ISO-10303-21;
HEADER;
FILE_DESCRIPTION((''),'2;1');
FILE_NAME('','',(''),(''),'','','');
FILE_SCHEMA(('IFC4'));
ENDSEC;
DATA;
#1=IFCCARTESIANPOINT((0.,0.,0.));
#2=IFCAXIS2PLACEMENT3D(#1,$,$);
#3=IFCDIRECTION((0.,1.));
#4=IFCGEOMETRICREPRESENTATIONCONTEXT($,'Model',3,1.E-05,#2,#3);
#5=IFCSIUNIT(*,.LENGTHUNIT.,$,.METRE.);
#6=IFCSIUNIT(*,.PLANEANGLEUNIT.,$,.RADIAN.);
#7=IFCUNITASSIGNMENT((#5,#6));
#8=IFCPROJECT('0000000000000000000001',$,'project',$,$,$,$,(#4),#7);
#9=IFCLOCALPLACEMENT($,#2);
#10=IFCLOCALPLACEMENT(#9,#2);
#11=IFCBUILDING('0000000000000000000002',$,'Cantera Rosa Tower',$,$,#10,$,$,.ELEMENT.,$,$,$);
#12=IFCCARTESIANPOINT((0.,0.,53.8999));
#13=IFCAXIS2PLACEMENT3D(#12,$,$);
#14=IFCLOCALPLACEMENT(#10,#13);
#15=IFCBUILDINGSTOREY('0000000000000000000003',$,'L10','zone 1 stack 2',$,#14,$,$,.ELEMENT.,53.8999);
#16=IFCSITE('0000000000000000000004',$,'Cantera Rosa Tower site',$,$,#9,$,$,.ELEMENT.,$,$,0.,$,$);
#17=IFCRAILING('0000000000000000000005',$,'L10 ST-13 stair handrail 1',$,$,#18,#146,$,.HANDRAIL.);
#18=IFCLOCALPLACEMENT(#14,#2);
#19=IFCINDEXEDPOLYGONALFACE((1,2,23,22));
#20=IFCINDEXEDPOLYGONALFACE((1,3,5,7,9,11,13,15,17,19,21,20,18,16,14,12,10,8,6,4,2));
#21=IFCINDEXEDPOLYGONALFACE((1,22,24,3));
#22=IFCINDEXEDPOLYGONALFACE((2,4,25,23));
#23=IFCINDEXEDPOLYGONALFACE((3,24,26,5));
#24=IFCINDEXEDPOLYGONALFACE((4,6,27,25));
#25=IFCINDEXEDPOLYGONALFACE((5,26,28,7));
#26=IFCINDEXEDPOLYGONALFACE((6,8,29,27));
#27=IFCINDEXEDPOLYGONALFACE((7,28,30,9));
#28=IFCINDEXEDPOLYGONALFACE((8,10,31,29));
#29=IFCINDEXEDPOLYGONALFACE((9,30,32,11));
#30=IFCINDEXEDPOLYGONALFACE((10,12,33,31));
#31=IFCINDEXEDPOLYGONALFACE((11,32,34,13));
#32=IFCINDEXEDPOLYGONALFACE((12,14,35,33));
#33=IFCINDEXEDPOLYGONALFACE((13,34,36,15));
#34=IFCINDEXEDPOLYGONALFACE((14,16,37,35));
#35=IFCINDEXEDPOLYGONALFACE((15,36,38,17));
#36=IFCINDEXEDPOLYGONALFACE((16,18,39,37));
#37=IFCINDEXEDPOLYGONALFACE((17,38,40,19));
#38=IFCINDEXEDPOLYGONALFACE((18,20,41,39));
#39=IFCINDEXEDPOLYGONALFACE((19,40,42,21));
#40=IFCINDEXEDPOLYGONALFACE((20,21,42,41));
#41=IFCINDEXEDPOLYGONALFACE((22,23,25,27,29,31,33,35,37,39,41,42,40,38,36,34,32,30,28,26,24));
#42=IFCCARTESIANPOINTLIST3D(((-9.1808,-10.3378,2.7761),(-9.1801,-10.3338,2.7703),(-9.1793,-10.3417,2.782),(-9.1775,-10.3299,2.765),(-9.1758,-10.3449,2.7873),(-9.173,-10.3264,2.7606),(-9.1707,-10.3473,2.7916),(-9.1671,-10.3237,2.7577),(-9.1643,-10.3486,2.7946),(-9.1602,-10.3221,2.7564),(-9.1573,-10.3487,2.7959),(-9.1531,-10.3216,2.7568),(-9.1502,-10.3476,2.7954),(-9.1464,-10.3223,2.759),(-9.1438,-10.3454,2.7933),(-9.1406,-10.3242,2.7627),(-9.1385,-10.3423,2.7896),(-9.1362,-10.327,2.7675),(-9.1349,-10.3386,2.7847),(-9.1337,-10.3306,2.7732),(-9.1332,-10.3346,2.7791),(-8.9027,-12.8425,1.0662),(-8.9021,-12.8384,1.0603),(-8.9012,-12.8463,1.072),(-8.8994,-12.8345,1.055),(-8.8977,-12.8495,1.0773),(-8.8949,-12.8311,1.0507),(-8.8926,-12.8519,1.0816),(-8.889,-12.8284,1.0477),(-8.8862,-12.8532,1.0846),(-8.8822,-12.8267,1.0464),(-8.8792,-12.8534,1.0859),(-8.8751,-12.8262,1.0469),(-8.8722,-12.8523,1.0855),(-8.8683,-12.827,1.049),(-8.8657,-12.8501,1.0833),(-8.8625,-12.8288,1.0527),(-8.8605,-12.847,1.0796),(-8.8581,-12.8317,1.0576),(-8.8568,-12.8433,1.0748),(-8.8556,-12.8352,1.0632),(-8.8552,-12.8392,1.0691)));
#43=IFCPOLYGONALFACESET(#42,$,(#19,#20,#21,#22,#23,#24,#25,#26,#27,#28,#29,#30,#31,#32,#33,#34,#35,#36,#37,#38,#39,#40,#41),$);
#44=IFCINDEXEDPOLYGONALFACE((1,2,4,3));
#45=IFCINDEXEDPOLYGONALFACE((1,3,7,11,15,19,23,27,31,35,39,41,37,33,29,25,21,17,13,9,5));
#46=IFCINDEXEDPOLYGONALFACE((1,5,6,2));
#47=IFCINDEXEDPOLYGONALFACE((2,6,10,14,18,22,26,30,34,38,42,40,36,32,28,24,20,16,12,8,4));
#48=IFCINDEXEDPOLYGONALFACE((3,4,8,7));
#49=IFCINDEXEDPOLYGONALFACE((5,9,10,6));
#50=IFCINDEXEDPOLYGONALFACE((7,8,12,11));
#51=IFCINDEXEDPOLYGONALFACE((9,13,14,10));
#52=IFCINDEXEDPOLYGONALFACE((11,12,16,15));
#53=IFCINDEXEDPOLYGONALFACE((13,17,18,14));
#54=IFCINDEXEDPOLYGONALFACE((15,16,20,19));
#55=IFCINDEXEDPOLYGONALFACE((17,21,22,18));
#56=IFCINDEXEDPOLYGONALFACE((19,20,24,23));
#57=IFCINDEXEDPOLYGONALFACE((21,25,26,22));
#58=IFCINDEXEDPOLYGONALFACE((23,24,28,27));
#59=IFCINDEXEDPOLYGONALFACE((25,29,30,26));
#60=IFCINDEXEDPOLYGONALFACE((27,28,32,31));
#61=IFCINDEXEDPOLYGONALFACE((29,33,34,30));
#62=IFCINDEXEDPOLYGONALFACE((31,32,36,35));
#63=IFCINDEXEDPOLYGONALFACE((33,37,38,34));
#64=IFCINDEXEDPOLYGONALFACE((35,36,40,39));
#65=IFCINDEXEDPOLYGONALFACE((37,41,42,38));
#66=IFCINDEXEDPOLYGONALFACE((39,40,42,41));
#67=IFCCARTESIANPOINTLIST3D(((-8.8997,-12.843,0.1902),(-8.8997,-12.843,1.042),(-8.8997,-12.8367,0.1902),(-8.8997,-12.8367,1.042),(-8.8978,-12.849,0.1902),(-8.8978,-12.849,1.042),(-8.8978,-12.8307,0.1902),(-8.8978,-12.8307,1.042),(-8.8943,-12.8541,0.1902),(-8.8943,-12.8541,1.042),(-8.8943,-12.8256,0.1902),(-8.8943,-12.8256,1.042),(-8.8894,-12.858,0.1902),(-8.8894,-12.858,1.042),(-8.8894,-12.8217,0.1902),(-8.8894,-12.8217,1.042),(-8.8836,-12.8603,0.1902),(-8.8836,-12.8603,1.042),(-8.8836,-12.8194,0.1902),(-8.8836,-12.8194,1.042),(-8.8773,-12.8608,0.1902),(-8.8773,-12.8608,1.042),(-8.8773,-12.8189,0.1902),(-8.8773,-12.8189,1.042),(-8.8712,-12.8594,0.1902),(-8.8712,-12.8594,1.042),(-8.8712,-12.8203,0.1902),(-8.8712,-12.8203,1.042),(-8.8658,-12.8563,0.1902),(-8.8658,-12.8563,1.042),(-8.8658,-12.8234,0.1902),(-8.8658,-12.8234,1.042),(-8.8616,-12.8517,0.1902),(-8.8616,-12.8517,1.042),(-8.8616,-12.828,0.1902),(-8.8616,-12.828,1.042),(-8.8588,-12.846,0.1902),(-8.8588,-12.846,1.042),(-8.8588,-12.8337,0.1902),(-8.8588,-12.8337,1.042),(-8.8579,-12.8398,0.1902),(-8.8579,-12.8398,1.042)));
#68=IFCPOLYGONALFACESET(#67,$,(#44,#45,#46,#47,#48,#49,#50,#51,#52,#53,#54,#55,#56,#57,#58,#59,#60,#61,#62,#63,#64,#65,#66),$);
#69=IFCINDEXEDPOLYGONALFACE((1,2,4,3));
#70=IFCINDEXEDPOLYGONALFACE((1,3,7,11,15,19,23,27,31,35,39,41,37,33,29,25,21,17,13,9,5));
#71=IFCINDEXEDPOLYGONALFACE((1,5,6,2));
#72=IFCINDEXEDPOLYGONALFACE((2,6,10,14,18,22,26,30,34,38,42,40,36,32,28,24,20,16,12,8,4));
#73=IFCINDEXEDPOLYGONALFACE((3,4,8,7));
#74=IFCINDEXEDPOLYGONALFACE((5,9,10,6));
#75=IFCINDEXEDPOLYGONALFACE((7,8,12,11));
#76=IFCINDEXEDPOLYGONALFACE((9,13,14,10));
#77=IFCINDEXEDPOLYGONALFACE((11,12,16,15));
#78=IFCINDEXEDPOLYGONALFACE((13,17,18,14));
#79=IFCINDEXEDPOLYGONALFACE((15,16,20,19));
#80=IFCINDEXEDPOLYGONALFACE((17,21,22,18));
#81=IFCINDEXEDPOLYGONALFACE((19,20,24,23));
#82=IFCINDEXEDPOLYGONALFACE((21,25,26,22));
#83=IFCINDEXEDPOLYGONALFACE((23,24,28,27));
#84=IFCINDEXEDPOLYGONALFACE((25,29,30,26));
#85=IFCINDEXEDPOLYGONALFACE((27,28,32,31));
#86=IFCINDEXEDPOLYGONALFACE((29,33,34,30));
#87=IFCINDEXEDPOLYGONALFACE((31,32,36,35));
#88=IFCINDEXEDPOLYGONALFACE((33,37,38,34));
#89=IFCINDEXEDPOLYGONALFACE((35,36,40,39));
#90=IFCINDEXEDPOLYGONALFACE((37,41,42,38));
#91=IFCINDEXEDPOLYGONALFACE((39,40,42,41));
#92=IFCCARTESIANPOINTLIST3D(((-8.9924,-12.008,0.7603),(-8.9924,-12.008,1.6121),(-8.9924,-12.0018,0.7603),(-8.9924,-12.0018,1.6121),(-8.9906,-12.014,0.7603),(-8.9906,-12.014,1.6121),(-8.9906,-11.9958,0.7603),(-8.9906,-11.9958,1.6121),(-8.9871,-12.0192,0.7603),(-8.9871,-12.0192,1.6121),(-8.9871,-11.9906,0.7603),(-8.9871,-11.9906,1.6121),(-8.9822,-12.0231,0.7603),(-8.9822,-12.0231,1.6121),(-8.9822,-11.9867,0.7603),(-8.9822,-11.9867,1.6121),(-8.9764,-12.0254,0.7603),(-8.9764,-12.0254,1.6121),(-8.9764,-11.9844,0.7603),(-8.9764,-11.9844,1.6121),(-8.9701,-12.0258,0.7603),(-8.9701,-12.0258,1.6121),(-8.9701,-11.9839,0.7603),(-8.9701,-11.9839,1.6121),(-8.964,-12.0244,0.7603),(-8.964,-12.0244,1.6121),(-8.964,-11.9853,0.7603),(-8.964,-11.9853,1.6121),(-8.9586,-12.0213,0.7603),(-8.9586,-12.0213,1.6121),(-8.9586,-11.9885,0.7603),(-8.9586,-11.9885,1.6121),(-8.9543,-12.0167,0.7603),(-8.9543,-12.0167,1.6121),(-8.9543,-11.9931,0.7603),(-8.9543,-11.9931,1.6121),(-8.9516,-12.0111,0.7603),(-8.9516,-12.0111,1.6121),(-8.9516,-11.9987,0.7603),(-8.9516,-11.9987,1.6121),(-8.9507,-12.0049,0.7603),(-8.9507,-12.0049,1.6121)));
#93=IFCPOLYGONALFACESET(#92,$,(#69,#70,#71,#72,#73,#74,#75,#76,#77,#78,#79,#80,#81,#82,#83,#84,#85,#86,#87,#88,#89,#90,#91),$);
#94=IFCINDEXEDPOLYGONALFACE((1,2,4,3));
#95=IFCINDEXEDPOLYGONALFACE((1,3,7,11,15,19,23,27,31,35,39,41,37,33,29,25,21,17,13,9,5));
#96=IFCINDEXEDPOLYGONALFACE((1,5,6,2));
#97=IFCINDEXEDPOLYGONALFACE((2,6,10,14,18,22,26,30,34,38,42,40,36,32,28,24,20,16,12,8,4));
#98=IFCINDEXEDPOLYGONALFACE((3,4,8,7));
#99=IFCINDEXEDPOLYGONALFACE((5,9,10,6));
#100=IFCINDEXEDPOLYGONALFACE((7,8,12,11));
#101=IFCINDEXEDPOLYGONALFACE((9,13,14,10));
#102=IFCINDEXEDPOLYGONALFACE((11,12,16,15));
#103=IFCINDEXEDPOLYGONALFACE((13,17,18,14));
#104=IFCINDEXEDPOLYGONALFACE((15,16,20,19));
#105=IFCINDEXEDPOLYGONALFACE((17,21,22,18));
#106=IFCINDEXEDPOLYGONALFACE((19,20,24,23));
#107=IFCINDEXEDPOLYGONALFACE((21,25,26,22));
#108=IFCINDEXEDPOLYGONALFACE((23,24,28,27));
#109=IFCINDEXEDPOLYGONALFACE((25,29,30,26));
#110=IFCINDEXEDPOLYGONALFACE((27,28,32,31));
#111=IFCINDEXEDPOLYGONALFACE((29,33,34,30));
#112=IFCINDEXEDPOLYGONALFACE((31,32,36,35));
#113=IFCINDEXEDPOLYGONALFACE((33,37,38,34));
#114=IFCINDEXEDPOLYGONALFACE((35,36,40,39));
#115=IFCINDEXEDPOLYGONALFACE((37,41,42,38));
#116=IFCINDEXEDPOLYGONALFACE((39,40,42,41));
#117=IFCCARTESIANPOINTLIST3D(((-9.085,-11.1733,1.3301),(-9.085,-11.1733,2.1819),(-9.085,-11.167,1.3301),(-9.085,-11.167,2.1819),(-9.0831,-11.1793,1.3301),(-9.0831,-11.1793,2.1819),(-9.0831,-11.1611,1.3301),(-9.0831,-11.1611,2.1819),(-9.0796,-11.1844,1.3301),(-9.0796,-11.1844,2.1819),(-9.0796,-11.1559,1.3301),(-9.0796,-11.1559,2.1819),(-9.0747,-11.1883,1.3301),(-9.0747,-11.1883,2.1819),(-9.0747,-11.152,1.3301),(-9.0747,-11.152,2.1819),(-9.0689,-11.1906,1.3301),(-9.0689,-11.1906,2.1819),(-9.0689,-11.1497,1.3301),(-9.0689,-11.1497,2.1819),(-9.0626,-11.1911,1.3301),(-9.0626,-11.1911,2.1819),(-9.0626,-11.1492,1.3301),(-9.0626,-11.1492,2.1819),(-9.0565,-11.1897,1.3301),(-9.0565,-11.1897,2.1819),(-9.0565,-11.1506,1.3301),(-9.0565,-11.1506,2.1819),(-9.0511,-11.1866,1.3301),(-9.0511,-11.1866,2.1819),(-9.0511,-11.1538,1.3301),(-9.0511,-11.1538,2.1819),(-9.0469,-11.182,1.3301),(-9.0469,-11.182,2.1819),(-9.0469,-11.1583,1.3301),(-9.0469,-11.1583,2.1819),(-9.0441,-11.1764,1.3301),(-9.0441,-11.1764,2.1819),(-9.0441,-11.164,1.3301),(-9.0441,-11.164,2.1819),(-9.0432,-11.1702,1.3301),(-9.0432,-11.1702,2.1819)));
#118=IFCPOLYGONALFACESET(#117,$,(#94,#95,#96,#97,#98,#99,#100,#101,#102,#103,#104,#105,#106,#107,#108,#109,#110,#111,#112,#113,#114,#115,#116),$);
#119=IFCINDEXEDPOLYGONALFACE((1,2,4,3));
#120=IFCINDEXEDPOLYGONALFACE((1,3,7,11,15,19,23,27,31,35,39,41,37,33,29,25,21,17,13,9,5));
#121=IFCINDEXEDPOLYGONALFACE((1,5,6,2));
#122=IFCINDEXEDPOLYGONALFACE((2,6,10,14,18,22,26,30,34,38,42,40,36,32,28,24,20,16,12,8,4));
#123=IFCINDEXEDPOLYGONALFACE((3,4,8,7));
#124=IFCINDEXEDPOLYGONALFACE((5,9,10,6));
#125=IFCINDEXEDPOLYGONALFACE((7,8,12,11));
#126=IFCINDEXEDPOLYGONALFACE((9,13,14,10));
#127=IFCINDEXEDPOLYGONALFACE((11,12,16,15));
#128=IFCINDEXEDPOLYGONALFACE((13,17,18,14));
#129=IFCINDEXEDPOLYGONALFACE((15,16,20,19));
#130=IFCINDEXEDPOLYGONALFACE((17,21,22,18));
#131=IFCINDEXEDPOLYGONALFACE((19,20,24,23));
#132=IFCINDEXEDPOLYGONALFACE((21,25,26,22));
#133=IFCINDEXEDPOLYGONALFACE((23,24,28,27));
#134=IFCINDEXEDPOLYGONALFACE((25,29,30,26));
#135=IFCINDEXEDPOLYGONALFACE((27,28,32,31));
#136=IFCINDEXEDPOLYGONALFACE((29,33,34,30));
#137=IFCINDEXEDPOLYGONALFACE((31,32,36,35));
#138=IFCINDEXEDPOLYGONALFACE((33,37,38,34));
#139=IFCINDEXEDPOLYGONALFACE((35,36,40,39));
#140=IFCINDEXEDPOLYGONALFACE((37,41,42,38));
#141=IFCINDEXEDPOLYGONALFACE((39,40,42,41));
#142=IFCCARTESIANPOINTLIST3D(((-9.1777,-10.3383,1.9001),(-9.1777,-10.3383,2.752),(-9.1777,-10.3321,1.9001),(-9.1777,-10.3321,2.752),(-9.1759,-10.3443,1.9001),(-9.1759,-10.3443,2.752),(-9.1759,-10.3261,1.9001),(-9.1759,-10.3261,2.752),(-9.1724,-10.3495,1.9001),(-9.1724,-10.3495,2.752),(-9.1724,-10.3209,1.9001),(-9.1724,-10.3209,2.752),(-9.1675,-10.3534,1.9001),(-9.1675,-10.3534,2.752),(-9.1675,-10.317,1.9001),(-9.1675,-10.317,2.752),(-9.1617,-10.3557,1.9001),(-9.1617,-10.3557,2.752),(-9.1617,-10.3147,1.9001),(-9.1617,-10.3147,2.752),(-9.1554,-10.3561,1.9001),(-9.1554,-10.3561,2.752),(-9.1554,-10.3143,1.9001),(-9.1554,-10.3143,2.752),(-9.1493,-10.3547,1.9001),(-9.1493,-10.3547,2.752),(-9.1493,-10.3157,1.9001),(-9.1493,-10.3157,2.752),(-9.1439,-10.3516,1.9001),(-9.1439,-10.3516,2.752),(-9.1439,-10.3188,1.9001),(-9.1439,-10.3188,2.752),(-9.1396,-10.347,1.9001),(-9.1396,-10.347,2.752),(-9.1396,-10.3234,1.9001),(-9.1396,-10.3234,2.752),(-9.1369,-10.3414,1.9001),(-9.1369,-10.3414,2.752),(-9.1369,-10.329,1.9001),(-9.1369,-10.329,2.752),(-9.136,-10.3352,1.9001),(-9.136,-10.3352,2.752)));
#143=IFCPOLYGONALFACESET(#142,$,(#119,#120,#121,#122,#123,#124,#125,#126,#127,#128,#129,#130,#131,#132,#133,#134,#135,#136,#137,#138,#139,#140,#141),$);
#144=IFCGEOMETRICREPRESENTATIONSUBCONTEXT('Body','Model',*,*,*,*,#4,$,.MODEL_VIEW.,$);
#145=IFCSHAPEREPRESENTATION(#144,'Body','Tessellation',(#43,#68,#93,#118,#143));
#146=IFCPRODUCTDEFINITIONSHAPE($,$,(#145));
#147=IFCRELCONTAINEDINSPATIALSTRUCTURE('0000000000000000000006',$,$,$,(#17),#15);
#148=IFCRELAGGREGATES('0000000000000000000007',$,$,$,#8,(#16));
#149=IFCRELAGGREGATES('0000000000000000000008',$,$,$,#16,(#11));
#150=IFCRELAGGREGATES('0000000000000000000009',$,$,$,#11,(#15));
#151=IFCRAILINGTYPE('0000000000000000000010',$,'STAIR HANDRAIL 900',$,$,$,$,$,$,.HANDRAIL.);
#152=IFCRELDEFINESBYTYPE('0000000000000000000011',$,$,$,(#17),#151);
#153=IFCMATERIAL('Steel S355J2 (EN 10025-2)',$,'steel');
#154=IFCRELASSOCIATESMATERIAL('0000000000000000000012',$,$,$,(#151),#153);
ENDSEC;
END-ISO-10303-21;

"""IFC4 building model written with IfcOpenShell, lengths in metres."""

from ifc_helpers import new_model, si_unit, direction, frame, origin, origin_2d, place, context, subcontext, project, spatial, circle, extrude, material, type_object, element, save


model = new_model("IFC4")

# Units and contexts
model_context = context("Model", 3, precision=1e-05, world=origin(), true_north=direction((0.0, 1.0)))
body_context = subcontext(model_context, "Body", "Model", "MODEL_VIEW")
ifc_project = project(units=[si_unit("LENGTHUNIT", "METRE"), si_unit("PLANEANGLEUNIT", "RADIAN")], contexts=[model_context])

# Site, building, storey
site_placement = place(None, origin())
site = spatial("IfcSite", under=ifc_project, at=site_placement, Name="Cantera Rosa Tower site", CompositionType="ELEMENT", RefElevation=0.0)
building_placement = place(site_placement, origin())
building = spatial("IfcBuilding", under=site, at=building_placement, Name="Cantera Rosa Tower", CompositionType="ELEMENT")
storey_placement = place(building_placement, frame((0.0, 0.0, 53.8999)))
storey = spatial("IfcBuildingStorey", under=building, at=storey_placement, Name="L10", Description="zone 1 stack 2", CompositionType="ELEMENT", Elevation=53.8999)

# Railing
ifc_material_1 = material(Name="Steel S355J2 (EN 10025-2)", Category="steel")
railing_type_1 = type_object("IfcRailingType", Name="STAIR HANDRAIL 900", PredefinedType="HANDRAIL", material=ifc_material_1)
railing_1_placement = place(storey_placement, frame((-8.8789, -12.8398, 0.1902)))
element("IfcRailing", 1, at=railing_1_placement, inside=storey, type_object=railing_type_1, Name="L10 ST-13 stair handrail 1", PredefinedType="HANDRAIL", context=body_context, shape_type="SweptSolid", body=[
    extrude(circle(Radius=0.0239, at=origin_2d()), frame((0.0, 0.0, 0.876), z_axis=(-0.09131, 0.822431, 0.561488), x_axis=(-0.993893, -0.110346, 0.0)), (0.0, 0.0, 1.0), 3.0454),
    extrude(circle(Radius=0.021, at=origin_2d()), origin(), (0.0, 0.0, 1.0), 0.8518),
    extrude(circle(Radius=0.021, at=origin_2d()), frame((-0.0928, 0.835, 0.5701)), (0.0, 0.0, 1.0), 0.8518),
    extrude(circle(Radius=0.021, at=origin_2d()), frame((-0.1853, 1.6697, 1.1399)), (0.0, 0.0, 1.0), 0.8518),
    extrude(circle(Radius=0.021, at=origin_2d()), frame((-0.2781, 2.5046, 1.71)), (0.0, 0.0, 1.0), 0.8518),
])

save(model, "model.ifc")
